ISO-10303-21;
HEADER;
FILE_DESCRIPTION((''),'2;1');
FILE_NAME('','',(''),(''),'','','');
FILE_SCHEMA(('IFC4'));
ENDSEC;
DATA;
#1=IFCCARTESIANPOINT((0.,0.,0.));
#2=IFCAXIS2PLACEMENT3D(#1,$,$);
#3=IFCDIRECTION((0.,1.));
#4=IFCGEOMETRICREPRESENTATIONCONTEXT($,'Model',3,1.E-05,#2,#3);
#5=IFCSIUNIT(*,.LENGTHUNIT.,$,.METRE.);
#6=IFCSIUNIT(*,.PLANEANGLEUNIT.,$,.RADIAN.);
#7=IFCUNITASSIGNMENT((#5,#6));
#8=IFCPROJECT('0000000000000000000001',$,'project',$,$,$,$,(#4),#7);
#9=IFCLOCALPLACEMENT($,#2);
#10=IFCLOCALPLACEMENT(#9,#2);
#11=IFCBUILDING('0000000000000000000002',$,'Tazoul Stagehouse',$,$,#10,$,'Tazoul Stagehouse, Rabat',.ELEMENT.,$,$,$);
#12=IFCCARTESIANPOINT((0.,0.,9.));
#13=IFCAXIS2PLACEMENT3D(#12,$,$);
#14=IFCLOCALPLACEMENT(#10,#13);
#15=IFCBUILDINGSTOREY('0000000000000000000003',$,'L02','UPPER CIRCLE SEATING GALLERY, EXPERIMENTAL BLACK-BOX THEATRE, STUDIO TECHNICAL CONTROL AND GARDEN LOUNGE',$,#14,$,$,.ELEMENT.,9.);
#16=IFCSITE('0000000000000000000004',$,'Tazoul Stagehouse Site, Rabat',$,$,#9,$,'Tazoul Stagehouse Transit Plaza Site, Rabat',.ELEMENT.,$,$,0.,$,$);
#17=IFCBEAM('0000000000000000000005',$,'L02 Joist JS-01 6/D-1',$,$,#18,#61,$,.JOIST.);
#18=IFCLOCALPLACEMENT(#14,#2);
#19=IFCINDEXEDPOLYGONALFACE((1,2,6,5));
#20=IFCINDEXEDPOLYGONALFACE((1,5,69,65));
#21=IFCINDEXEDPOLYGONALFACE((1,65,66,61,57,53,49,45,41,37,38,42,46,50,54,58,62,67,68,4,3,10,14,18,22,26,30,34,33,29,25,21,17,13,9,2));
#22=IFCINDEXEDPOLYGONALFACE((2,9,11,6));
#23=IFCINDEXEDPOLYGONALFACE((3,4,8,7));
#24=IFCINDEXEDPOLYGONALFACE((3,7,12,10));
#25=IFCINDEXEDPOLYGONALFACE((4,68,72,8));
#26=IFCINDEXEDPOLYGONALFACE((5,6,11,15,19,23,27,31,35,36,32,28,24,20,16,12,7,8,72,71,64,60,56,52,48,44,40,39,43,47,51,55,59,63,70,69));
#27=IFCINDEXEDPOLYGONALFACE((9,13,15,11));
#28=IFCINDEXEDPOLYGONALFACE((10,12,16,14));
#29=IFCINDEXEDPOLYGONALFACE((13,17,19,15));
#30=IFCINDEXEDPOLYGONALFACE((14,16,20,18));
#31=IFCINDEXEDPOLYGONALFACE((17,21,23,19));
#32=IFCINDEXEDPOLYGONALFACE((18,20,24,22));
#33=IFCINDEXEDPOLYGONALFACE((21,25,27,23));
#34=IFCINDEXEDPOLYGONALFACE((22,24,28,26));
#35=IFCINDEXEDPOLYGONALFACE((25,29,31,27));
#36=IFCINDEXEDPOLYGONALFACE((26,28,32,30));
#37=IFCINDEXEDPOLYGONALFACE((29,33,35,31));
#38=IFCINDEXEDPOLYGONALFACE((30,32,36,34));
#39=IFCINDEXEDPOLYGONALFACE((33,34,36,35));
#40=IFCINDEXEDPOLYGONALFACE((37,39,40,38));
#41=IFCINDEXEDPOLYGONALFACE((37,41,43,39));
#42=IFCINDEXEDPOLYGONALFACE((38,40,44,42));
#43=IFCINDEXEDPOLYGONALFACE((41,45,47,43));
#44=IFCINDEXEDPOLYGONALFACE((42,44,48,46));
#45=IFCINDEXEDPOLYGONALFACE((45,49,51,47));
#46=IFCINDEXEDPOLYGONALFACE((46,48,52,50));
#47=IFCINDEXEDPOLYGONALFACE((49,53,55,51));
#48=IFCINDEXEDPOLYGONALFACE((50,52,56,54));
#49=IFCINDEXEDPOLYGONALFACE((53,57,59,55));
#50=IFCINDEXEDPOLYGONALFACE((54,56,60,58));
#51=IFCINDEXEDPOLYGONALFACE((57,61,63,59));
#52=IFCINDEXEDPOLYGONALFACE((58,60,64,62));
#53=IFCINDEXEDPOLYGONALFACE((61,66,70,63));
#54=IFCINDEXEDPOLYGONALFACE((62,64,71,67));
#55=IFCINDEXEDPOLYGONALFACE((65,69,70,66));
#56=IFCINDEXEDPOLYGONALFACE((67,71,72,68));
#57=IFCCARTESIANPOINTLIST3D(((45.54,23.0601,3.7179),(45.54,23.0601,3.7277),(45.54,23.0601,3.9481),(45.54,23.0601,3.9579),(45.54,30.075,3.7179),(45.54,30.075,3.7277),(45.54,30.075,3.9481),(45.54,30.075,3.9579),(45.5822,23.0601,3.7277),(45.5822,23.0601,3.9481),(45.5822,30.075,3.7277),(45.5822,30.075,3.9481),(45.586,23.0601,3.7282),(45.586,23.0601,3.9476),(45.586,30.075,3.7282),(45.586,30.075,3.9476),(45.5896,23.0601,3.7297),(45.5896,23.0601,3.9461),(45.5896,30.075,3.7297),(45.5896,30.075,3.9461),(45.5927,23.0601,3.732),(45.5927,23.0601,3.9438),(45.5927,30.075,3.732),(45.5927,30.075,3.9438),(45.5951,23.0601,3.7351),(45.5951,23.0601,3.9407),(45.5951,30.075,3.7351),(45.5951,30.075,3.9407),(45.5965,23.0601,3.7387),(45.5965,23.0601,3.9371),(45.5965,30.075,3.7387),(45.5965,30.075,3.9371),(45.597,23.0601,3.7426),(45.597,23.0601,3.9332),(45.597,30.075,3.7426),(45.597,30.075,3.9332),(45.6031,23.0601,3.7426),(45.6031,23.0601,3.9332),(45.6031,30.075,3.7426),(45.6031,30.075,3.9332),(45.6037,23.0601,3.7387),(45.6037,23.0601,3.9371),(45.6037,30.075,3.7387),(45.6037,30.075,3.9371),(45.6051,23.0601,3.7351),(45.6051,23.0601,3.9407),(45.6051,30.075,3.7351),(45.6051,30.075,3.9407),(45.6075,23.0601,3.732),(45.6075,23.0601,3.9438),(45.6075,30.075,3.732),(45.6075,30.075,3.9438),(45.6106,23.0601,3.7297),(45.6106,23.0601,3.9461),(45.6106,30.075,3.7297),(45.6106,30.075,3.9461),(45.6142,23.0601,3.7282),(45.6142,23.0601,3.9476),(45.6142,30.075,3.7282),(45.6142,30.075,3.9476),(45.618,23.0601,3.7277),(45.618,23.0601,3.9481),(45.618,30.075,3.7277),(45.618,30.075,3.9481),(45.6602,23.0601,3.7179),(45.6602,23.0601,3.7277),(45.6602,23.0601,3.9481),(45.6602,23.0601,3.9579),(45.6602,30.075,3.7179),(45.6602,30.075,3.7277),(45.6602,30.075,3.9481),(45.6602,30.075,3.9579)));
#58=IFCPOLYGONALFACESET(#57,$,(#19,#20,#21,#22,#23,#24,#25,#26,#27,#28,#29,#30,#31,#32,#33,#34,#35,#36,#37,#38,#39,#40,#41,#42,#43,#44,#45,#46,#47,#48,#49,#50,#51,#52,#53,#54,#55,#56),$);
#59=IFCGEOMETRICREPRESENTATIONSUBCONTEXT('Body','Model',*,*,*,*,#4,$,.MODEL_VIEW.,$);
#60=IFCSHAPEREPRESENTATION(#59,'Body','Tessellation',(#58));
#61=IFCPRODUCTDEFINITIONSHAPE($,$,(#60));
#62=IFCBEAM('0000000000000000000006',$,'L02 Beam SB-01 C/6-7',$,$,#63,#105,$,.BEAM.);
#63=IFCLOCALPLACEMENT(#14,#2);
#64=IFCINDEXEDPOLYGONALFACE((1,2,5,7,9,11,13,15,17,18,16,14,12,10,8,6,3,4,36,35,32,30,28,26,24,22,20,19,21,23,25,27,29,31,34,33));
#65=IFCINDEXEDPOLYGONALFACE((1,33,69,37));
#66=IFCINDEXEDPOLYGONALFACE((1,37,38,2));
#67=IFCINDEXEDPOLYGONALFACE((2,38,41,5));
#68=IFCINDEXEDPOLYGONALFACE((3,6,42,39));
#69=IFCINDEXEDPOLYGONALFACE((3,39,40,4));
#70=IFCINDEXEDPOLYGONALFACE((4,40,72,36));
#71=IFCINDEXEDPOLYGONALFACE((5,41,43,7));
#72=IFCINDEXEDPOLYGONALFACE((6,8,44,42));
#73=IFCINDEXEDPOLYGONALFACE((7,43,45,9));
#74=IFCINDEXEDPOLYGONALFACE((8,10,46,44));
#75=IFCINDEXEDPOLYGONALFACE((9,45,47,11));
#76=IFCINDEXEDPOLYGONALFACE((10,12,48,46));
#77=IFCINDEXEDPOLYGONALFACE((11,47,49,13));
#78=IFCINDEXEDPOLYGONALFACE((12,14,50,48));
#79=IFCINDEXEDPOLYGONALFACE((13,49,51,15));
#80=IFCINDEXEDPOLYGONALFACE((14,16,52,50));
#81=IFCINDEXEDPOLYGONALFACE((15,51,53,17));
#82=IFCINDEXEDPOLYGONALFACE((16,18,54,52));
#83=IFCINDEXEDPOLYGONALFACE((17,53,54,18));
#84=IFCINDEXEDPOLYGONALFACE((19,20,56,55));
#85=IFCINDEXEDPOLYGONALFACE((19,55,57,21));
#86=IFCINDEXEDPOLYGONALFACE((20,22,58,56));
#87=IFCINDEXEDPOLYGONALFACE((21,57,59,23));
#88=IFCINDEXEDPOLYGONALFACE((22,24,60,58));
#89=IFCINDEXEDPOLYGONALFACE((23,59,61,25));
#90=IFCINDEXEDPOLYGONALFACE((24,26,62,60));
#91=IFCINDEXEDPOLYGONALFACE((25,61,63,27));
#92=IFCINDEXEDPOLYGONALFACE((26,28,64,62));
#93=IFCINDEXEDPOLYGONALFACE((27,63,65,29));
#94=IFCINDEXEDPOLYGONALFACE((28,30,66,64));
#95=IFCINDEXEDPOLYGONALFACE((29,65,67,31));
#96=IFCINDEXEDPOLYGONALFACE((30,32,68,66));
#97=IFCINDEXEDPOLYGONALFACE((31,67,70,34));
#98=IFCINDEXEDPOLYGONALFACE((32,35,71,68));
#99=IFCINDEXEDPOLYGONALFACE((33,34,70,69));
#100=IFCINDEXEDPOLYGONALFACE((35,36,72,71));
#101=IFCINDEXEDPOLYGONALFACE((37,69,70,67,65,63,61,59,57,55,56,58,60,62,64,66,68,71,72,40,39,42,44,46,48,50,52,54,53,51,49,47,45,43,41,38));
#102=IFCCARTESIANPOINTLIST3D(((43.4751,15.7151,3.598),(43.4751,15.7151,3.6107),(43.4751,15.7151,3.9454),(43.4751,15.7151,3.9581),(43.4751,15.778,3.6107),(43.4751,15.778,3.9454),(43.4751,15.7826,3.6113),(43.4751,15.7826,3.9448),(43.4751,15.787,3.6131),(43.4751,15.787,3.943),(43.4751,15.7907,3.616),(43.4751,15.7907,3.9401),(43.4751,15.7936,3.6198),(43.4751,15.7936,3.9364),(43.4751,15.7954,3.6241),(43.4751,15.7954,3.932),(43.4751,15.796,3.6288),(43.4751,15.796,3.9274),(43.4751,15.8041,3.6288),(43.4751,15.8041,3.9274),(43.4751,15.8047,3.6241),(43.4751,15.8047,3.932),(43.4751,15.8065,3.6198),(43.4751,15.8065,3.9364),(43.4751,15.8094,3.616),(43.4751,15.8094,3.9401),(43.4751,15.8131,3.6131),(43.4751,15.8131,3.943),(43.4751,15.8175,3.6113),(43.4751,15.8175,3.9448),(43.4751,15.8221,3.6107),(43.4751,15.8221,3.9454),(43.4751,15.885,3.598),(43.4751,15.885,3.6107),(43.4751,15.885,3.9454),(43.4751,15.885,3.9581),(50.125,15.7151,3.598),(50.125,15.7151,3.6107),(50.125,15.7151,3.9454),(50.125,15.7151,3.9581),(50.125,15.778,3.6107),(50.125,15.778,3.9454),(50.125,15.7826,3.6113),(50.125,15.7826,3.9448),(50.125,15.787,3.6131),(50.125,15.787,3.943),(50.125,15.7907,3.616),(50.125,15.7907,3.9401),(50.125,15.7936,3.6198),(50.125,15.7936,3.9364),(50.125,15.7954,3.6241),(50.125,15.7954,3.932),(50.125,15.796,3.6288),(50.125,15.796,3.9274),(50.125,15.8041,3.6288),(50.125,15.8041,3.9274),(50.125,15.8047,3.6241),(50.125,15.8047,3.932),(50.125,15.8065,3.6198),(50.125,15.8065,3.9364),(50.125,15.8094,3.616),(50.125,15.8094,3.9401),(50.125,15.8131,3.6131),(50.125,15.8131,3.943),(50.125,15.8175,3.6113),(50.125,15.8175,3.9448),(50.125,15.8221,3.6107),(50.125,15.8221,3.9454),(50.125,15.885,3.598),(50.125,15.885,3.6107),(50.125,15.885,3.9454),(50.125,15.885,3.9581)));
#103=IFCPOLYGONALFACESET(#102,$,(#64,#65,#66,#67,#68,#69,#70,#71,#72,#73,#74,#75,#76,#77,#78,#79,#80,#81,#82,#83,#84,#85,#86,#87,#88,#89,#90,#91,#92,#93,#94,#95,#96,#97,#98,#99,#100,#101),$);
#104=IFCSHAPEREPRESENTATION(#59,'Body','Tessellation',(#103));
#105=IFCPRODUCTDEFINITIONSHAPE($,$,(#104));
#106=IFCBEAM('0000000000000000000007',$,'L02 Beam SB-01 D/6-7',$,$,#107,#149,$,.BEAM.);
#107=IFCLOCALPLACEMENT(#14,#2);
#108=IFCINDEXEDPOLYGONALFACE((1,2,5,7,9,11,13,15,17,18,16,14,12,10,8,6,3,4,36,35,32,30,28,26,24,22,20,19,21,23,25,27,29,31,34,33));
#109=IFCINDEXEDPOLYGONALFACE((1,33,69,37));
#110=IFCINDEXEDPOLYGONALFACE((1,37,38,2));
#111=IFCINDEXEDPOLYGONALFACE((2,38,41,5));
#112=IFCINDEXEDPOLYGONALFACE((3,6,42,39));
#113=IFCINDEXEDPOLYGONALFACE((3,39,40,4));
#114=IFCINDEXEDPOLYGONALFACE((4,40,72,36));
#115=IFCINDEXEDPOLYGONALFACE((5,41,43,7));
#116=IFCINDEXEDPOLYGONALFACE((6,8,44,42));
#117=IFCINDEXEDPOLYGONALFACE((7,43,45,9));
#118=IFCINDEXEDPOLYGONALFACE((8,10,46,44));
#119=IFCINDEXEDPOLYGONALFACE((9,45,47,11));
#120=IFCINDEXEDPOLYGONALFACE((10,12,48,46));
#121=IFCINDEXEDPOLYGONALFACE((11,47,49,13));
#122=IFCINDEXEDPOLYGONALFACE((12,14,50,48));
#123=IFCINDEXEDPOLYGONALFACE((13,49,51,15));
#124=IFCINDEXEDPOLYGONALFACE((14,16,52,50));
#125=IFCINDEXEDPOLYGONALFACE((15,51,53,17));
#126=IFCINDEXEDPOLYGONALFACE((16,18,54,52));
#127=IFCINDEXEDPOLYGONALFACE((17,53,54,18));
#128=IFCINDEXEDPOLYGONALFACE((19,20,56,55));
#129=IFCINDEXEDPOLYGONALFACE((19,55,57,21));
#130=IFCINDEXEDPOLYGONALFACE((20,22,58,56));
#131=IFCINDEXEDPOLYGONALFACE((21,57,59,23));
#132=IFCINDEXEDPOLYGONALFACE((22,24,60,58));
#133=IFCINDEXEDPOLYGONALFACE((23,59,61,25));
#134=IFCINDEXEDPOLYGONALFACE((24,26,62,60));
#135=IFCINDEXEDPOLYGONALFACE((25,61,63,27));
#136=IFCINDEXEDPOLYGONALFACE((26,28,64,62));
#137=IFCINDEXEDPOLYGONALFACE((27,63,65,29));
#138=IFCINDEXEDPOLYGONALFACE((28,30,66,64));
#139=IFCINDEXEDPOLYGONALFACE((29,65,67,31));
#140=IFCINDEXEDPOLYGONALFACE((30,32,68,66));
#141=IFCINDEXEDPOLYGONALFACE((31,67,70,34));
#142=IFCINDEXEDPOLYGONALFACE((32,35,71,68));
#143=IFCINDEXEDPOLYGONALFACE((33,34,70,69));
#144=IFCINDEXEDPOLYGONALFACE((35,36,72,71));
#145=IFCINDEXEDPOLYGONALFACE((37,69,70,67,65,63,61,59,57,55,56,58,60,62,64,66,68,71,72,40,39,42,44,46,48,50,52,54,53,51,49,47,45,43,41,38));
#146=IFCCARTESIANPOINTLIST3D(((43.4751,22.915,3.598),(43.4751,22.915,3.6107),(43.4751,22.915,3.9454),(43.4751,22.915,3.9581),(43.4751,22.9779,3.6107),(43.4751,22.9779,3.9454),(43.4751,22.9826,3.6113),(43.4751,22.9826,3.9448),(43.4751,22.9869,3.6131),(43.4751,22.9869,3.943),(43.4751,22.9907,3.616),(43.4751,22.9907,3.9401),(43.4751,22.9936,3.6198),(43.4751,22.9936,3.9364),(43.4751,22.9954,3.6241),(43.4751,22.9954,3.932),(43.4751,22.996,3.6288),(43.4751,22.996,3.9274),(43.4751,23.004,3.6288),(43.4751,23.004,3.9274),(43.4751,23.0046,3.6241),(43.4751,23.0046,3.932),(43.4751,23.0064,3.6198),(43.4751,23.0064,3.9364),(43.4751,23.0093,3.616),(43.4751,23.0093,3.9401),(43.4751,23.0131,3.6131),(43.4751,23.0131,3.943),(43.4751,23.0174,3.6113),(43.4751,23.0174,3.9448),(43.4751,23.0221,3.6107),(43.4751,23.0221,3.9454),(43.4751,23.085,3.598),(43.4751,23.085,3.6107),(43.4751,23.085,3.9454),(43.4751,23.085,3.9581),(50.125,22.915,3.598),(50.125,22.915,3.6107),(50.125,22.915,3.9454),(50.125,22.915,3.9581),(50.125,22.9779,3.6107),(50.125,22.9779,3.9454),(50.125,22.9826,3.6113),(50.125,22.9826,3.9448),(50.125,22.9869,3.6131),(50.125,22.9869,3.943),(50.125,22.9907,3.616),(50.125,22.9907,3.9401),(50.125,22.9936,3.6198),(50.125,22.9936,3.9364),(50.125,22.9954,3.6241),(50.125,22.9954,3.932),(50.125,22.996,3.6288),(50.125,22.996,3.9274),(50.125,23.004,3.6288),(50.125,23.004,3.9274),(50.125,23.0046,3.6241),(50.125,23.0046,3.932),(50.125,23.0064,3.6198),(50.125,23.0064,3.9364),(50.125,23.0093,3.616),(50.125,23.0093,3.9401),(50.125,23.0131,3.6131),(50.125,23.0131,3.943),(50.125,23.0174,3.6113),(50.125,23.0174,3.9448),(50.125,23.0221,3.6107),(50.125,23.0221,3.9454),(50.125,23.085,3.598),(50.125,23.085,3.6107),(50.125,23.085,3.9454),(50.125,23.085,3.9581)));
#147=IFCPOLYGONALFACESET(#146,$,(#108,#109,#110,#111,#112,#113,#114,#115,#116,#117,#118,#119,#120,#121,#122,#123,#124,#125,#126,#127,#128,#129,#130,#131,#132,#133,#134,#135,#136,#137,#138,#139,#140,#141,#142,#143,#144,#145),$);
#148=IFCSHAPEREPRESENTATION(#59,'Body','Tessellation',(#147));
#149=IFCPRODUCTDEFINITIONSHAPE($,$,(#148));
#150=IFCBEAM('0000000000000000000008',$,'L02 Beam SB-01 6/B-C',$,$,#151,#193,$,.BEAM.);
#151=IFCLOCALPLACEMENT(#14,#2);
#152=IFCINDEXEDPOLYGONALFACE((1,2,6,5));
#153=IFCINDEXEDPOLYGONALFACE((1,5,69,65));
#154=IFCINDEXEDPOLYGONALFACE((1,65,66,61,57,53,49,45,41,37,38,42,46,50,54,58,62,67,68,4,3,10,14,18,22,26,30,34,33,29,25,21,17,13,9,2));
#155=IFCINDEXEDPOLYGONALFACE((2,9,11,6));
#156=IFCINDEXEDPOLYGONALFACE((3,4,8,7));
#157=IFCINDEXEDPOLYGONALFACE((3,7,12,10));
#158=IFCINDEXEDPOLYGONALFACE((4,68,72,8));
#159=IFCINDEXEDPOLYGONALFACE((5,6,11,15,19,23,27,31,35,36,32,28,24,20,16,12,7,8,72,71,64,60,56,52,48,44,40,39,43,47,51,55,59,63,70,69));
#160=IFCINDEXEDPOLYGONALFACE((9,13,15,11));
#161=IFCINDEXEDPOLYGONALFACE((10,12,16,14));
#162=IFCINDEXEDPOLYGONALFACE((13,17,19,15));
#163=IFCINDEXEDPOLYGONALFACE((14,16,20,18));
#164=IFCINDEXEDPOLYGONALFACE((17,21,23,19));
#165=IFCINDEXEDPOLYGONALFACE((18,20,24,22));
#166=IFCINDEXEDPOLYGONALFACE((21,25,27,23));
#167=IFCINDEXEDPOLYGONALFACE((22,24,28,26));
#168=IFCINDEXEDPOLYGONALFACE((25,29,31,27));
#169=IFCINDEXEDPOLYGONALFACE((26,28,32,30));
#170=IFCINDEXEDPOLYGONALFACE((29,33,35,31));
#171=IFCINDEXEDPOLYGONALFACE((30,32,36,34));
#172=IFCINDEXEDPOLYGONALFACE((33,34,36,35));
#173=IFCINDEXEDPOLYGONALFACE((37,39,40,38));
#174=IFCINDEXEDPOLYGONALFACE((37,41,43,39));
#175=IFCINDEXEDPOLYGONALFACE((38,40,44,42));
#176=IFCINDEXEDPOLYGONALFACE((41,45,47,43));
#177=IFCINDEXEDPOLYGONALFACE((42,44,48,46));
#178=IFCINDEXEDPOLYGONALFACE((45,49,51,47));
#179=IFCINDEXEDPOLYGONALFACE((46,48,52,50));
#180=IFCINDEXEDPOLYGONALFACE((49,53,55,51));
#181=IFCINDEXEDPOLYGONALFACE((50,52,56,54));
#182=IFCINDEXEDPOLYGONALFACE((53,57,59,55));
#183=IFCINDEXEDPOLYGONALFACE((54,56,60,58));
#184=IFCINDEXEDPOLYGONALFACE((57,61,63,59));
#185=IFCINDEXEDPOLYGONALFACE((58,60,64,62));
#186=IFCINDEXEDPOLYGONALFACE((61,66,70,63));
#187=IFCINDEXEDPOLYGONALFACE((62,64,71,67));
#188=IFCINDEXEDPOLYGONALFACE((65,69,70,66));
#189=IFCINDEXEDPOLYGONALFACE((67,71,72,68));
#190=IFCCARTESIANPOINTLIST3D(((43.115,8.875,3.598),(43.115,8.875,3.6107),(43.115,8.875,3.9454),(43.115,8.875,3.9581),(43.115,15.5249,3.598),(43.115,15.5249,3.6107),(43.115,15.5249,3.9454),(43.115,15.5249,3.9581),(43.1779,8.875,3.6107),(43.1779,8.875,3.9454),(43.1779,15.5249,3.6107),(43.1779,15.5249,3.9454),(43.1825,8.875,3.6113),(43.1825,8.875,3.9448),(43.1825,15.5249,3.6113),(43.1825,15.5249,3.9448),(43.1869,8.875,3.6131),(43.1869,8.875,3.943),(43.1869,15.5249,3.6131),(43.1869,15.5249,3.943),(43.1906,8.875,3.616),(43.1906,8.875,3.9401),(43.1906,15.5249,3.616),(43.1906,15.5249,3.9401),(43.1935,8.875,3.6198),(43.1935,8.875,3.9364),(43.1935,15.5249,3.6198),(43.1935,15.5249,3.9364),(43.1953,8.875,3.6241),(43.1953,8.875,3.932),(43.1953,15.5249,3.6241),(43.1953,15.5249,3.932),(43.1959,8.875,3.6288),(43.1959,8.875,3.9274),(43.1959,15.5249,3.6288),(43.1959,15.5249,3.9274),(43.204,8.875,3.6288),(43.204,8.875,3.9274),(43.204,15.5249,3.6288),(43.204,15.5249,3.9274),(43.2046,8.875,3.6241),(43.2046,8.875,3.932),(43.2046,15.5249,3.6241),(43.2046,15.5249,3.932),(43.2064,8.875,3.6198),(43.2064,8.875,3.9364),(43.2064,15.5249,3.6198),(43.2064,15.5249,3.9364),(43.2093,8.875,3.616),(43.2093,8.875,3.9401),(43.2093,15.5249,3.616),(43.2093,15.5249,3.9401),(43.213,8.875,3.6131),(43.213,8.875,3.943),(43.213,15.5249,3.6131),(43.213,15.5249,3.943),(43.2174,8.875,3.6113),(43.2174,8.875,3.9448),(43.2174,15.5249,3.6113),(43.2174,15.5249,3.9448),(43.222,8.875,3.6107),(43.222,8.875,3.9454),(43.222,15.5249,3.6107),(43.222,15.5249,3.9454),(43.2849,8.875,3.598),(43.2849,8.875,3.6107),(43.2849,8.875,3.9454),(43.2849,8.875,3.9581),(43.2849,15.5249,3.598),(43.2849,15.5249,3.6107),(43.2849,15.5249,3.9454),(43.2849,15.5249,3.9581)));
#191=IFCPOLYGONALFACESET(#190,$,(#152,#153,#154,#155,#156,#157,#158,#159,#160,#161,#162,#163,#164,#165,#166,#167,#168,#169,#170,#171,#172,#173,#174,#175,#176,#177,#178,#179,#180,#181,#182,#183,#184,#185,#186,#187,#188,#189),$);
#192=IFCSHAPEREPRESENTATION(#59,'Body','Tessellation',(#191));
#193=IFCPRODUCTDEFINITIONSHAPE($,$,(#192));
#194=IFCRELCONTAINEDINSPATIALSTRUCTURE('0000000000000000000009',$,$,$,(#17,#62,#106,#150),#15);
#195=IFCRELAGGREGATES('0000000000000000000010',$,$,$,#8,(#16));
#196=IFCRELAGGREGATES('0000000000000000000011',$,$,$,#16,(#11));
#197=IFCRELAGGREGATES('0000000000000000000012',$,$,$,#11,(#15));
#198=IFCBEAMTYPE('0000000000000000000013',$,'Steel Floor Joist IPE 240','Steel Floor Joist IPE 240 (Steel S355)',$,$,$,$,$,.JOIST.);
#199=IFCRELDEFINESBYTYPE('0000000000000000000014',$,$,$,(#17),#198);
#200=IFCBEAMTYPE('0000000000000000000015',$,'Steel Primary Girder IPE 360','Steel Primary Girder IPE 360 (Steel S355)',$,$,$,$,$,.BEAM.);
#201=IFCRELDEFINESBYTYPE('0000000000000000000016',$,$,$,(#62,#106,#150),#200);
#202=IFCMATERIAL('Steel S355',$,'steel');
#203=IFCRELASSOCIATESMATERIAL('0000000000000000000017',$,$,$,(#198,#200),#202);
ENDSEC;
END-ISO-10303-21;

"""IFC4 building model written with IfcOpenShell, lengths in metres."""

from ifc_helpers import new_model, si_unit, direction, frame, origin, origin_2d, place, context, subcontext, project, spatial, i_section, extrude, material, material_profile, profile_set, type_object, element, save


model = new_model("IFC4")

# Units and contexts
model_context = context("Model", 3, precision=1e-05, world=origin(), true_north=direction((0.0, 1.0)))
body_context = subcontext(model_context, "Body", "Model", "MODEL_VIEW")
ifc_project = project(units=[si_unit("LENGTHUNIT", "METRE"), si_unit("PLANEANGLEUNIT", "RADIAN")], contexts=[model_context])

# Site, building, storey
site_placement = place(None, origin())
site = spatial("IfcSite", under=ifc_project, at=site_placement, Name="Tazoul Stagehouse Site, Rabat", LongName="Tazoul Stagehouse Transit Plaza Site, Rabat", CompositionType="ELEMENT", RefElevation=0.0)
building_placement = place(site_placement, origin())
building = spatial("IfcBuilding", under=site, at=building_placement, Name="Tazoul Stagehouse", LongName="Tazoul Stagehouse, Rabat", CompositionType="ELEMENT")
storey_placement = place(building_placement, frame((0.0, 0.0, 9.0)))
storey = spatial("IfcBuildingStorey", under=building, at=storey_placement, Name="L02", Description="UPPER CIRCLE SEATING GALLERY, EXPERIMENTAL BLACK-BOX THEATRE, STUDIO TECHNICAL CONTROL AND GARDEN LOUNGE", CompositionType="ELEMENT", Elevation=9.0)

# Beams
ifc_material_1 = material(Name="Steel S355", Category="steel")
ifc_material_profile_1 = material_profile(ifc_material_1, i_section(OverallWidth=0.1201, OverallDepth=0.24, WebThickness=0.0061, FlangeThickness=0.0098, FilletRadius=0.0149, at=origin_2d()), Name="IPE 240")
ifc_profile_set_1 = profile_set([ifc_material_profile_1], Name="Steel S355")
beam_type_1 = type_object("IfcBeamType", Name="Steel Floor Joist IPE 240", Description="Steel Floor Joist IPE 240 (Steel S355)", PredefinedType="JOIST", material=ifc_profile_set_1)
for number, where, z_axis, x_axis, name in (
    (1, (45.6001, 23.0601, 3.8379), (0.0, 1.0, 0.0), (-1.0, 0.0, 0.0), "L02 Joist JS-01 6/D-1"),
):
    element("IfcBeam", number, at=place(storey_placement, frame(where, z_axis=z_axis, x_axis=x_axis)), inside=storey, type_object=beam_type_1, Name=name, PredefinedType="JOIST", context=body_context, shape_type="SweptSolid", body=[
        extrude(i_section(OverallWidth=0.1201, OverallDepth=0.24, WebThickness=0.0061, FlangeThickness=0.0098, FilletRadius=0.0149, at=origin_2d()), origin(), (0.0, 0.0, 1.0), 7.0149),
    ])
ifc_material_profile_2 = material_profile(ifc_material_1, i_section(OverallWidth=0.1699, OverallDepth=0.3601, WebThickness=0.0081, FlangeThickness=0.0127, FilletRadius=0.0181, at=origin_2d()), Name="IPE 360")
ifc_profile_set_2 = profile_set([ifc_material_profile_2], Name="Steel S355")
beam_type_2 = type_object("IfcBeamType", Name="Steel Primary Girder IPE 360", Description="Steel Primary Girder IPE 360 (Steel S355)", PredefinedType="BEAM", material=ifc_profile_set_2)
for number, where, z_axis, x_axis, name in (
    (2, (43.4751, 15.8, 3.7781), (1.0, 0.0, 0.0), (0.0, 1.0, 0.0), "L02 Beam SB-01 C/6-7"),
    (3, (43.4751, 23.0, 3.7781), (1.0, 0.0, 0.0), (0.0, 1.0, 0.0), "L02 Beam SB-01 D/6-7"),
    (4, (43.2, 8.875, 3.7781), (0.0, 1.0, 0.0), (-1.0, 0.0, 0.0), "L02 Beam SB-01 6/B-C"),
):
    element("IfcBeam", number, at=place(storey_placement, frame(where, z_axis=z_axis, x_axis=x_axis)), inside=storey, type_object=beam_type_2, Name=name, PredefinedType="BEAM", context=body_context, shape_type="SweptSolid", body=[
        extrude(i_section(OverallWidth=0.1699, OverallDepth=0.3601, WebThickness=0.0081, FlangeThickness=0.0127, FilletRadius=0.0181, at=origin_2d()), origin(), (0.0, 0.0, 1.0), 6.6499),
    ])

save(model, "model.ifc")
